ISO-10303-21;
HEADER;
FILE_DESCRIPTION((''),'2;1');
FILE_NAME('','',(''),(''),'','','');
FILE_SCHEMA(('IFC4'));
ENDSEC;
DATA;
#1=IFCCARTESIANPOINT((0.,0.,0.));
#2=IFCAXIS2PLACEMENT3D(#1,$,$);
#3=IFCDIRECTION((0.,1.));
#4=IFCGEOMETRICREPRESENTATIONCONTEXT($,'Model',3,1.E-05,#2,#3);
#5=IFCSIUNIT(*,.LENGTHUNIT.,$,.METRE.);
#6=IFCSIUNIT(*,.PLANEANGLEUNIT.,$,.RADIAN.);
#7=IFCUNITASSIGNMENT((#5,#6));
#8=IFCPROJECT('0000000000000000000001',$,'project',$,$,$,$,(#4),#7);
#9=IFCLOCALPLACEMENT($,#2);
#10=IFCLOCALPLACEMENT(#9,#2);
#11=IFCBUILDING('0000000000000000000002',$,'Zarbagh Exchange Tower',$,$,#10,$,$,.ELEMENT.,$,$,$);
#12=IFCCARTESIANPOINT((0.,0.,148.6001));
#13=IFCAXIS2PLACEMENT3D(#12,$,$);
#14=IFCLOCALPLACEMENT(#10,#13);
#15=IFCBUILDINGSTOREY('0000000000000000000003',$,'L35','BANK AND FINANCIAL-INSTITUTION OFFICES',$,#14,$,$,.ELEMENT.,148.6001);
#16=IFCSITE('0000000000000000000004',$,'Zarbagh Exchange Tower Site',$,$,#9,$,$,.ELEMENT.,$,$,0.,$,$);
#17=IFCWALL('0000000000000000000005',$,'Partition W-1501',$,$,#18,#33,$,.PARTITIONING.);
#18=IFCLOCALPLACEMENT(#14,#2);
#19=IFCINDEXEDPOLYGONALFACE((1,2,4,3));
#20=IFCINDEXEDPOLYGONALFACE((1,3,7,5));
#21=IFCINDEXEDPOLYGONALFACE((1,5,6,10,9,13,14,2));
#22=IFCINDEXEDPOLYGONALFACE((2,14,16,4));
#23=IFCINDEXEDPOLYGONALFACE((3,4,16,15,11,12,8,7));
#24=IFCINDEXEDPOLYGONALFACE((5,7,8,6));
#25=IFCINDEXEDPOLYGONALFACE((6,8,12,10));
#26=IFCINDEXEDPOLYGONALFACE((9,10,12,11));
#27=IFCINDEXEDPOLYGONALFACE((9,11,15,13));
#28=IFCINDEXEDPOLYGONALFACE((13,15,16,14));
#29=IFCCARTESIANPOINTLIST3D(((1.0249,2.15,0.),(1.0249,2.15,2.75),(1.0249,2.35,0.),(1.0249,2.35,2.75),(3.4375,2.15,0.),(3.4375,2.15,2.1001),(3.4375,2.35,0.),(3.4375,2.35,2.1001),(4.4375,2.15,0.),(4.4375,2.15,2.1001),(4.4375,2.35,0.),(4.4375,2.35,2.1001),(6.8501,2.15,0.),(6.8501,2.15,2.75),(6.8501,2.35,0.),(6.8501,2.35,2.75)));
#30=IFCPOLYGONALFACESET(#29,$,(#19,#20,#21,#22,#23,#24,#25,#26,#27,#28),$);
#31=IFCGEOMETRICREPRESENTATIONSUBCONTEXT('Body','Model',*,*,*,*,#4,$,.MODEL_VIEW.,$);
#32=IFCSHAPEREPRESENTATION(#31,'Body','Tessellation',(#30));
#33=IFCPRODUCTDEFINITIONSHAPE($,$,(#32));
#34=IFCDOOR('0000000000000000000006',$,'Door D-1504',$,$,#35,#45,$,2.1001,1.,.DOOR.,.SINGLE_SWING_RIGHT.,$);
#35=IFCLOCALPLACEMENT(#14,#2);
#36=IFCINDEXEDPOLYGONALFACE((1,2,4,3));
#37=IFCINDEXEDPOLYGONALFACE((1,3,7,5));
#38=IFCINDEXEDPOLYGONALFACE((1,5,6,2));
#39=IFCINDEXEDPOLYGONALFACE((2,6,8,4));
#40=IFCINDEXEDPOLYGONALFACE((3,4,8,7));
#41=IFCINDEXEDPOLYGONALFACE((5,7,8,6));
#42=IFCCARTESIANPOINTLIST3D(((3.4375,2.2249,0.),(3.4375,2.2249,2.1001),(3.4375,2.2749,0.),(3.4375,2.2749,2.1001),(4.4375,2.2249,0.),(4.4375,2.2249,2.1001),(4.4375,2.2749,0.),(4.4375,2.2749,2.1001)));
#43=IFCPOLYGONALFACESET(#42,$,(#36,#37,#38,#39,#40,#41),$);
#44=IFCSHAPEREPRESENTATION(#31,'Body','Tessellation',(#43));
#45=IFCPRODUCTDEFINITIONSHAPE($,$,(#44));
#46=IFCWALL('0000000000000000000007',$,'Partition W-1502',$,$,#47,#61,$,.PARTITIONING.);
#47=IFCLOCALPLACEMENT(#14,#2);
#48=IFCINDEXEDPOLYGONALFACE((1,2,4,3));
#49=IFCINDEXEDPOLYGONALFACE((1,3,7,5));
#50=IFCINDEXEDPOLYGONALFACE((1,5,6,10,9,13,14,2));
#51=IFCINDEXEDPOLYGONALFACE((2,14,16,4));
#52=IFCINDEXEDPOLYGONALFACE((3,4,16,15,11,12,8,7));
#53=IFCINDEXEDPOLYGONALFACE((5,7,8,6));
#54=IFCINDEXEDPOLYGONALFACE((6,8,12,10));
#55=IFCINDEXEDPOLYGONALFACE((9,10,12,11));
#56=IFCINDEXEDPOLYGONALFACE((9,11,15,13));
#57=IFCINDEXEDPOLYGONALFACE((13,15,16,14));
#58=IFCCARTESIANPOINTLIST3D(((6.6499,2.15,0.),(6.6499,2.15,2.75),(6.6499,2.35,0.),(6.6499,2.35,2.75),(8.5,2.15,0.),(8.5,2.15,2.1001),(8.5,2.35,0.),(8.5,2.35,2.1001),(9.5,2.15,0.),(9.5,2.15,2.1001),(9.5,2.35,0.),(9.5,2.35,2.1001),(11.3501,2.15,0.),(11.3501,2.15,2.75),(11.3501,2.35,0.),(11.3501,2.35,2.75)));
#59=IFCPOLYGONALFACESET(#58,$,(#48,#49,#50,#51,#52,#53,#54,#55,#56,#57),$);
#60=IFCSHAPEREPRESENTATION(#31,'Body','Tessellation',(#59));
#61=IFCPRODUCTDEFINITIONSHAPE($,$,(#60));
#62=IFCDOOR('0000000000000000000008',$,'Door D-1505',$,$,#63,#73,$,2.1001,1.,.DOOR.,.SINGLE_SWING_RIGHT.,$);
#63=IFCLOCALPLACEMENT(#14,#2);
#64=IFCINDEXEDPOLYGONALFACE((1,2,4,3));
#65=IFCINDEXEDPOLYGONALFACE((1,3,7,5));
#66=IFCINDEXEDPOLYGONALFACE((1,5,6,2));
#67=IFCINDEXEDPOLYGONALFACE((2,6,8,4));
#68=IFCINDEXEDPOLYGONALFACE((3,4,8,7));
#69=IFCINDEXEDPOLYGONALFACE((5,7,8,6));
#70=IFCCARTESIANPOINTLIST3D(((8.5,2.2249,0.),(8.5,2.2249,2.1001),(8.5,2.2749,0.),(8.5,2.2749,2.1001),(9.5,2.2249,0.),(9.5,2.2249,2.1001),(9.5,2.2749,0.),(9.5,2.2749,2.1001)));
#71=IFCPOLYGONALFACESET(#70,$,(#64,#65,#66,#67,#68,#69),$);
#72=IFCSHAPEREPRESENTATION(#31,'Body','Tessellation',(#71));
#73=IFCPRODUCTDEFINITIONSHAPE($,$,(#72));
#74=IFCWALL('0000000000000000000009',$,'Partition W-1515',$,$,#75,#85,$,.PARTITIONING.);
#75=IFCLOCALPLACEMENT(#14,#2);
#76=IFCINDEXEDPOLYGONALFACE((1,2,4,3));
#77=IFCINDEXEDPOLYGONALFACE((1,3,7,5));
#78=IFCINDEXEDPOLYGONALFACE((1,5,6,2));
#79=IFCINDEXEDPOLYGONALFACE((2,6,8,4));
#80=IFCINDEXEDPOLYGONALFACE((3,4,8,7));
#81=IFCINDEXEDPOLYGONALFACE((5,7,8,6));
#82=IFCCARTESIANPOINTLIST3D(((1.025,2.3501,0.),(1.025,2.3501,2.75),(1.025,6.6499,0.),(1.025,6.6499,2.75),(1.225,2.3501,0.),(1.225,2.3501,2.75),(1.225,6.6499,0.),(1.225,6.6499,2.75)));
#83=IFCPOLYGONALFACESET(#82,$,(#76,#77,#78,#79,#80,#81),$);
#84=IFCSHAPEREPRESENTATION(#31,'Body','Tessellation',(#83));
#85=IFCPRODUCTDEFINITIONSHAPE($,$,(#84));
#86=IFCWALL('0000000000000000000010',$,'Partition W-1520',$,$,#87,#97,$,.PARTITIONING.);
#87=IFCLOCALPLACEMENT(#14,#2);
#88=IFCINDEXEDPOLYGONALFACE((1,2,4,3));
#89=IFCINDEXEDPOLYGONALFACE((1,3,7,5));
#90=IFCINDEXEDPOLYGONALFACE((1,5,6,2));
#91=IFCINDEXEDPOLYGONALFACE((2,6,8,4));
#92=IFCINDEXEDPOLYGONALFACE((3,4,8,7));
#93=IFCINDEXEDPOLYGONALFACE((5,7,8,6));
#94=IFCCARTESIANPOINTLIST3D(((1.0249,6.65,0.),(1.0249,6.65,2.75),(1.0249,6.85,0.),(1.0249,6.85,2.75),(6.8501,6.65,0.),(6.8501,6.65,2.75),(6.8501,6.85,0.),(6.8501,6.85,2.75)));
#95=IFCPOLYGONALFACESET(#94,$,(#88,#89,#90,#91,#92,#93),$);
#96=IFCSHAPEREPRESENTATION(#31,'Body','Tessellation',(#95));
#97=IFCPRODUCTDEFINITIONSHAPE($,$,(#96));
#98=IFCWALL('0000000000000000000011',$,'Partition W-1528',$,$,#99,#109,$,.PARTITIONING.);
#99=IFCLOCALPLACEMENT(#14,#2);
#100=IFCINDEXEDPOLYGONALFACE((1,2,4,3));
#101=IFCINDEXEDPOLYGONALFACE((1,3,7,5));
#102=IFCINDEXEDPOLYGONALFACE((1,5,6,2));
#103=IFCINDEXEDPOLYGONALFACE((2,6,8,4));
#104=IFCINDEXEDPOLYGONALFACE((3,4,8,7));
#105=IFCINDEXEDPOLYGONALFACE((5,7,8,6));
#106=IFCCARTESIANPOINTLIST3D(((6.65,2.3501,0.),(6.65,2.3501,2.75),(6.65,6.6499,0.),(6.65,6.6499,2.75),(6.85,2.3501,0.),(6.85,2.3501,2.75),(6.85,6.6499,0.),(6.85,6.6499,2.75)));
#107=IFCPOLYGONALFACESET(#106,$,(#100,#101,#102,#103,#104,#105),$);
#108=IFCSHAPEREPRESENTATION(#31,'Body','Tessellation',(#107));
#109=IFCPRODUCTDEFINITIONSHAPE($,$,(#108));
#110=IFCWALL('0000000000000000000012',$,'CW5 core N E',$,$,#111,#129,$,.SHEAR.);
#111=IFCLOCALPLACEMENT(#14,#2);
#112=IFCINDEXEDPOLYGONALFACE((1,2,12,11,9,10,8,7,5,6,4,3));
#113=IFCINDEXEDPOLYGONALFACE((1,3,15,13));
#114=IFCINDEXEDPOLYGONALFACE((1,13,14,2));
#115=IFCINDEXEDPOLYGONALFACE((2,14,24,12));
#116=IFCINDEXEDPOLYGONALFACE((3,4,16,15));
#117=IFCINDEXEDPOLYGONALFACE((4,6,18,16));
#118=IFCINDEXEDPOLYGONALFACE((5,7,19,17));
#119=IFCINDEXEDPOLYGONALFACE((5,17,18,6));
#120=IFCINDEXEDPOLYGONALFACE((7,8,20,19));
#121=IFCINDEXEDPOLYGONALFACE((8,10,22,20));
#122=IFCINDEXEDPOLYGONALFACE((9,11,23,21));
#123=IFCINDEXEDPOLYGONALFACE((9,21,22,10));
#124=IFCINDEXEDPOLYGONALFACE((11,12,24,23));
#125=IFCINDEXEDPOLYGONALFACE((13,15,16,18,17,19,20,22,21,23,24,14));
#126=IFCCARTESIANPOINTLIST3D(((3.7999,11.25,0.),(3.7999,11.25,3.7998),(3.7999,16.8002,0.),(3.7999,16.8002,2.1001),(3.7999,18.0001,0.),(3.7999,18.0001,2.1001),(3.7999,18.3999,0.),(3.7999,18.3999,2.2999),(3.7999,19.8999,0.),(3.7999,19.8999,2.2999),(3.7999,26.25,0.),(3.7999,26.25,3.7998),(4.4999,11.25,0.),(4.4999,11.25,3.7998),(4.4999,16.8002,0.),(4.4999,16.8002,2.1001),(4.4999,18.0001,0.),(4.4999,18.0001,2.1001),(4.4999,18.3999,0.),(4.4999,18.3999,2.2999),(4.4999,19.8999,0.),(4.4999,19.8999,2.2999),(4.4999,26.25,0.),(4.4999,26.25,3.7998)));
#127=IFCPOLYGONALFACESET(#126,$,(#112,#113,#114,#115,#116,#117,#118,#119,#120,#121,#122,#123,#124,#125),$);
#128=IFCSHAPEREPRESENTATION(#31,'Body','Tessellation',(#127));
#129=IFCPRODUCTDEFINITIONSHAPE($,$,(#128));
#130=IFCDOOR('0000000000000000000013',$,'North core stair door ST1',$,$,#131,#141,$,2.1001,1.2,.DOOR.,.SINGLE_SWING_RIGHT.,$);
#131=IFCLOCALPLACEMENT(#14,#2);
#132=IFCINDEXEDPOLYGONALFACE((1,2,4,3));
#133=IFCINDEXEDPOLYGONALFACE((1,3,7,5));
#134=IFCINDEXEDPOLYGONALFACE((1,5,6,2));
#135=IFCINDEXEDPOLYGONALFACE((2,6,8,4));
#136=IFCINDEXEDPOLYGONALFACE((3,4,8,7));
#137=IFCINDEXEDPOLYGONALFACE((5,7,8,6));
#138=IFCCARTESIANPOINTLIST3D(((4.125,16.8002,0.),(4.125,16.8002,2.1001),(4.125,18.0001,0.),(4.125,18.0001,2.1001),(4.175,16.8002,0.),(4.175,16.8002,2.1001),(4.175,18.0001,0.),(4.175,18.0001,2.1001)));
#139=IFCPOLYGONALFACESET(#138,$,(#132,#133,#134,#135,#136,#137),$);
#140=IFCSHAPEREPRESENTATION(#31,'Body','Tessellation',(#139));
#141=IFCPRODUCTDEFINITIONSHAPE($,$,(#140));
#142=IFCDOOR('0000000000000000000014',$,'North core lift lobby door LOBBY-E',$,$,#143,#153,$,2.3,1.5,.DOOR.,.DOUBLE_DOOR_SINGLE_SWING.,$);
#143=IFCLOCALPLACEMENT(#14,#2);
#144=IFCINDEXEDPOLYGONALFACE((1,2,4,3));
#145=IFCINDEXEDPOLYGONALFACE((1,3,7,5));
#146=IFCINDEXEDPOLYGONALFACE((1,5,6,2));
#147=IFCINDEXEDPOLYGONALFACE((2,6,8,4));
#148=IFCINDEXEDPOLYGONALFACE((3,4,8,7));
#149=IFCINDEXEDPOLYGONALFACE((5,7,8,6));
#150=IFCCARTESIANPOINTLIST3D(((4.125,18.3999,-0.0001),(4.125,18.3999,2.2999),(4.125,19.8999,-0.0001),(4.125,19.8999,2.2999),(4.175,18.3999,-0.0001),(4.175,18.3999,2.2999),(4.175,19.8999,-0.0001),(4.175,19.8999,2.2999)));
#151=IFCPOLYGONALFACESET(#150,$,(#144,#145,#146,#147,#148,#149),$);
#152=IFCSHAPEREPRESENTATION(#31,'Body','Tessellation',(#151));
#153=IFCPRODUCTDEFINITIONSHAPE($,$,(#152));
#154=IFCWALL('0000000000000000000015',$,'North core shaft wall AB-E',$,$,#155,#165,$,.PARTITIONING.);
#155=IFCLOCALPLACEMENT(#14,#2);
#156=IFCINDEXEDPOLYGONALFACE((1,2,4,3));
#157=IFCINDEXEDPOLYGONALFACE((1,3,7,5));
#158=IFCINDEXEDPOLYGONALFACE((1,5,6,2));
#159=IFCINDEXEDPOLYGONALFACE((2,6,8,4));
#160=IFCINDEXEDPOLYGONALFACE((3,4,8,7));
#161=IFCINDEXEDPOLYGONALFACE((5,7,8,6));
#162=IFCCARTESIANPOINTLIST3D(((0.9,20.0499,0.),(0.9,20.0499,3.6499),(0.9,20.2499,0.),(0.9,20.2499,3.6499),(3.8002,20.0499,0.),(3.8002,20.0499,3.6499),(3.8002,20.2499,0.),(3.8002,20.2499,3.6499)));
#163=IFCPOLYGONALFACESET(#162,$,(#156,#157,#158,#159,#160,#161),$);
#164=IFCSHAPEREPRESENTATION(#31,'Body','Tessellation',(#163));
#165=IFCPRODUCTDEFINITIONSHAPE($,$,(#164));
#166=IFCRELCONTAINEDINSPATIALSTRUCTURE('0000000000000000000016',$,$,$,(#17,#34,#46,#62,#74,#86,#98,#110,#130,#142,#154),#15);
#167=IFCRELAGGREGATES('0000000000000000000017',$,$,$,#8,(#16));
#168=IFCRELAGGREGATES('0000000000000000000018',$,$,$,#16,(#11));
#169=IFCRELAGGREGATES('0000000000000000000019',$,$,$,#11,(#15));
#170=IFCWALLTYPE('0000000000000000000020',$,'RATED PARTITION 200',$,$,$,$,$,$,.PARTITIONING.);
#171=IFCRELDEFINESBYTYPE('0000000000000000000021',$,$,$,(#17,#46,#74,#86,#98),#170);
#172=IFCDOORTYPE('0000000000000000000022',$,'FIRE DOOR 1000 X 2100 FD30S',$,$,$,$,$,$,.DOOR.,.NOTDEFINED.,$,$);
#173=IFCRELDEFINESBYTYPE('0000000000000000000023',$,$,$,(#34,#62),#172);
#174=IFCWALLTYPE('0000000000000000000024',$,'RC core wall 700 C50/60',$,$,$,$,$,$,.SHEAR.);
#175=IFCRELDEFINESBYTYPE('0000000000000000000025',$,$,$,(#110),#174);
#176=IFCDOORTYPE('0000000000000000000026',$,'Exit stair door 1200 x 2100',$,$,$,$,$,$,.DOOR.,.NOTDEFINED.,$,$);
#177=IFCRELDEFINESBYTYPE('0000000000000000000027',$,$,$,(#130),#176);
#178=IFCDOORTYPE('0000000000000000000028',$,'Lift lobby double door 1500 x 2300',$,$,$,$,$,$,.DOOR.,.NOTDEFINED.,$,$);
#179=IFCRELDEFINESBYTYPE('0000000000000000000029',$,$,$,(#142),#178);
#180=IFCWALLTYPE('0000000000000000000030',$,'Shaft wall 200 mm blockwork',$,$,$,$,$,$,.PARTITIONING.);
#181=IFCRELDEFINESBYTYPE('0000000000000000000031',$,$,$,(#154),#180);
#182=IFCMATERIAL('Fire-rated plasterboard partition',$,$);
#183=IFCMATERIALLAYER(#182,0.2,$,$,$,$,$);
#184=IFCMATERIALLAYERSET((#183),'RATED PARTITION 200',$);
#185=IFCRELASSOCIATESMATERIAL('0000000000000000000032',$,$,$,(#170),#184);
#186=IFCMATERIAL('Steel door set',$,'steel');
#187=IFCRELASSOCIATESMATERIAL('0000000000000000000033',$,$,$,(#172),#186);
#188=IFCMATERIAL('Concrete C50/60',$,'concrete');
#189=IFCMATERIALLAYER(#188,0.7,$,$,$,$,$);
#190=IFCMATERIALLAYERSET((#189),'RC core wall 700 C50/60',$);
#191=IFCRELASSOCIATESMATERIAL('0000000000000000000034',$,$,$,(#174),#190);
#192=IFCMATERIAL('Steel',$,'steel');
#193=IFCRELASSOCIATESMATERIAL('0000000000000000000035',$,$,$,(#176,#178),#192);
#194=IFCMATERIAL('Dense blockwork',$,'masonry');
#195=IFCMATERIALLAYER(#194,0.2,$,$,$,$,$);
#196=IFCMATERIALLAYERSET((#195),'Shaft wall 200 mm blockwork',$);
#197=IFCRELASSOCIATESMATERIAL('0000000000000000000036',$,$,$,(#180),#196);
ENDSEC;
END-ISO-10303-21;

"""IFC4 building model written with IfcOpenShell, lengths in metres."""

from ifc_helpers import new_model, si_unit, direction, frame, frame_2d, origin, place, context, subcontext, project, spatial, rectangle, extrude, material, layer, layer_set, type_object, element, fill, save


model = new_model("IFC4")

# Units and contexts
model_context = context("Model", 3, precision=1e-05, world=origin(), true_north=direction((0.0, 1.0)))
body_context = subcontext(model_context, "Body", "Model", "MODEL_VIEW")
ifc_project = project(units=[si_unit("LENGTHUNIT", "METRE"), si_unit("PLANEANGLEUNIT", "RADIAN")], contexts=[model_context])

# Site, building, storey
site_placement = place(None, origin())
site = spatial("IfcSite", under=ifc_project, at=site_placement, Name="Zarbagh Exchange Tower Site", CompositionType="ELEMENT", RefElevation=0.0)
building_placement = place(site_placement, origin())
building = spatial("IfcBuilding", under=site, at=building_placement, Name="Zarbagh Exchange Tower", CompositionType="ELEMENT")
storey_placement = place(building_placement, frame((0.0, 0.0, 148.6001)))
storey = spatial("IfcBuildingStorey", under=building, at=storey_placement, Name="L35", Description="BANK AND FINANCIAL-INSTITUTION OFFICES", CompositionType="ELEMENT", Elevation=148.6001)

# Shared definitions
ifc_material_1 = material(Name="Concrete C50/60", Category="concrete")

# Shared definitions
ifc_material_2 = material(Name="Dense blockwork", Category="masonry")

# Walls, openings, doors
ifc_material_3 = material(Name="Fire-rated plasterboard partition")
ifc_layer_1 = layer(ifc_material_3, 0.2)
ifc_layer_set_1 = layer_set([ifc_layer_1], Name="RATED PARTITION 200")
wall_type_1 = type_object("IfcWallType", Name="RATED PARTITION 200", PredefinedType="PARTITIONING", material=ifc_layer_set_1)
wall_1_placement = place(storey_placement, frame((1.0249, 2.25, 0.0), z_axis=(0.0, 0.0, 1.0), x_axis=(1.0, 0.0, 0.0)))
wall_1 = element("IfcWall", 1, at=wall_1_placement, inside=storey, type_object=wall_type_1, Name="Partition W-1501", PredefinedType="PARTITIONING", context=body_context, shape_type="SweptSolid", body=[
    extrude(rectangle(XDim=5.8252, YDim=0.2, at=frame_2d((2.9126, 0.0))), origin(), (0.0, 0.0, 1.0), 2.75),
])
opening_1_placement = place(wall_1_placement, frame((2.4126, 0.0, 0.0)))
opening_1 = element("IfcOpeningElement", 2, at=opening_1_placement, cuts=wall_1, PredefinedType="OPENING", context=body_context, shape_type="SweptSolid", body=[
    extrude(rectangle(XDim=1.0, YDim=2.1001, at=frame_2d((0.5, 1.05))), frame((0.0, 0.1099, 0.0), z_axis=(0.0, -1.0, 0.0), x_axis=(1.0, 0.0, 0.0)), (0.0, 0.0, 1.0), 0.22),
])
ifc_material_4 = material(Name="Steel door set", Category="steel")
door_type_1 = type_object("IfcDoorType", Name="FIRE DOOR 1000 X 2100 FD30S", OperationType="NOTDEFINED", PredefinedType="DOOR", material=ifc_material_4)
door_1_placement = place(opening_1_placement, origin())
door_1 = element("IfcDoor", 3, at=door_1_placement, inside=storey, type_object=door_type_1, Name="Door D-1504", OperationType="SINGLE_SWING_RIGHT", OverallHeight=2.1001, OverallWidth=1.0, PredefinedType="DOOR", context=body_context, shape_type="SweptSolid", body=[
    extrude(rectangle(XDim=1.0, YDim=2.1001, at=frame_2d((0.5, 1.05))), frame((0.0, 0.0249, 0.0), z_axis=(0.0, -1.0, 0.0), x_axis=(1.0, 0.0, 0.0)), (0.0, 0.0, 1.0), 0.05),
])
fill(opening_1, door_1)
wall_2_placement = place(storey_placement, frame((6.6499, 2.25, 0.0), z_axis=(0.0, 0.0, 1.0), x_axis=(1.0, 0.0, 0.0)))
wall_2 = element("IfcWall", 4, at=wall_2_placement, inside=storey, type_object=wall_type_1, Name="Partition W-1502", PredefinedType="PARTITIONING", context=body_context, shape_type="SweptSolid", body=[
    extrude(rectangle(XDim=4.7002, YDim=0.2, at=frame_2d((2.3501, 0.0))), origin(), (0.0, 0.0, 1.0), 2.75),
])
opening_2_placement = place(wall_2_placement, frame((1.8501, 0.0, 0.0)))
opening_2 = element("IfcOpeningElement", 5, at=opening_2_placement, cuts=wall_2, PredefinedType="OPENING", context=body_context, shape_type="SweptSolid", body=[
    extrude(rectangle(XDim=1.0, YDim=2.1001, at=frame_2d((0.5, 1.05))), frame((0.0, 0.1099, 0.0), z_axis=(0.0, -1.0, 0.0), x_axis=(1.0, 0.0, 0.0)), (0.0, 0.0, 1.0), 0.22),
])
door_2_placement = place(opening_2_placement, origin())
door_2 = element("IfcDoor", 6, at=door_2_placement, inside=storey, type_object=door_type_1, Name="Door D-1505", OperationType="SINGLE_SWING_RIGHT", OverallHeight=2.1001, OverallWidth=1.0, PredefinedType="DOOR", context=body_context, shape_type="SweptSolid", body=[
    extrude(rectangle(XDim=1.0, YDim=2.1001, at=frame_2d((0.5, 1.05))), frame((0.0, 0.0249, 0.0), z_axis=(0.0, -1.0, 0.0), x_axis=(1.0, 0.0, 0.0)), (0.0, 0.0, 1.0), 0.05),
])
fill(opening_2, door_2)

# Walls
wall_3_placement = place(storey_placement, frame((1.125, 2.3501, 0.0), z_axis=(0.0, 0.0, 1.0), x_axis=(0.0, 1.0, 0.0)))
element("IfcWall", 7, at=wall_3_placement, inside=storey, type_object=wall_type_1, Name="Partition W-1515", PredefinedType="PARTITIONING", context=body_context, shape_type="SweptSolid", body=[
    extrude(rectangle(XDim=4.2998, YDim=0.2, at=frame_2d((2.1499, 0.0))), origin(), (0.0, 0.0, 1.0), 2.75),
])
wall_4_placement = place(storey_placement, frame((1.0249, 6.75, 0.0), z_axis=(0.0, 0.0, 1.0), x_axis=(1.0, 0.0, 0.0)))
element("IfcWall", 8, at=wall_4_placement, inside=storey, type_object=wall_type_1, Name="Partition W-1520", PredefinedType="PARTITIONING", context=body_context, shape_type="SweptSolid", body=[
    extrude(rectangle(XDim=5.8252, YDim=0.2, at=frame_2d((2.9126, 0.0))), origin(), (0.0, 0.0, 1.0), 2.75),
])
wall_5_placement = place(storey_placement, frame((6.75, 2.3501, 0.0), z_axis=(0.0, 0.0, 1.0), x_axis=(0.0, 1.0, 0.0)))
element("IfcWall", 9, at=wall_5_placement, inside=storey, type_object=wall_type_1, Name="Partition W-1528", PredefinedType="PARTITIONING", context=body_context, shape_type="SweptSolid", body=[
    extrude(rectangle(XDim=4.2998, YDim=0.2, at=frame_2d((2.1499, 0.0))), origin(), (0.0, 0.0, 1.0), 2.75),
])

# Wall, openings, doors
ifc_layer_2 = layer(ifc_material_1, 0.7)
ifc_layer_set_2 = layer_set([ifc_layer_2], Name="RC core wall 700 C50/60")
wall_type_2 = type_object("IfcWallType", Name="RC core wall 700 C50/60", PredefinedType="SHEAR", material=ifc_layer_set_2)
wall_6_placement = place(storey_placement, frame((4.1499, 11.25, 0.0), z_axis=(0.0, 0.0, 1.0), x_axis=(0.0, 1.0, 0.0)))
wall_6 = element("IfcWall", 10, at=wall_6_placement, inside=storey, type_object=wall_type_2, Name="CW5 core N E", PredefinedType="SHEAR", context=body_context, shape_type="SweptSolid", body=[
    extrude(rectangle(XDim=15.0, YDim=0.7, at=frame_2d((7.5, 0.0))), origin(), (0.0, 0.0, 1.0), 3.7998),
])
opening_3_placement = place(wall_6_placement, frame((7.1499, 0.0, 0.0)))
opening_3 = element("IfcOpeningElement", 11, at=opening_3_placement, cuts=wall_6, PredefinedType="OPENING", context=body_context, shape_type="SweptSolid", body=[
    extrude(rectangle(XDim=1.5, YDim=2.3, at=frame_2d((0.75, 1.1499))), frame((0.0, 0.3599, 0.0), z_axis=(0.0, -1.0, 0.0), x_axis=(1.0, 0.0, 0.0)), (0.0, 0.0, 1.0), 0.72),
])
opening_4_placement = place(wall_6_placement, frame((5.55, 0.0, 0.0)))
opening_4 = element("IfcOpeningElement", 12, at=opening_4_placement, cuts=wall_6, PredefinedType="OPENING", context=body_context, shape_type="SweptSolid", body=[
    extrude(rectangle(XDim=1.2, YDim=2.1001, at=frame_2d((0.6001, 1.05))), frame((0.0, 0.3599, 0.0), z_axis=(0.0, -1.0, 0.0), x_axis=(1.0, 0.0, 0.0)), (0.0, 0.0, 1.0), 0.72),
])
ifc_material_5 = material(Name="Steel", Category="steel")
door_type_2 = type_object("IfcDoorType", Name="Exit stair door 1200 x 2100", OperationType="NOTDEFINED", PredefinedType="DOOR", material=ifc_material_5)
door_3_placement = place(opening_4_placement, origin())
door_3 = element("IfcDoor", 13, at=door_3_placement, inside=storey, type_object=door_type_2, Name="North core stair door ST1", OperationType="SINGLE_SWING_RIGHT", OverallHeight=2.1001, OverallWidth=1.2, PredefinedType="DOOR", context=body_context, shape_type="SweptSolid", body=[
    extrude(rectangle(XDim=1.2, YDim=2.1001, at=frame_2d((0.6001, 1.05))), frame((0.0, 0.0249, 0.0), z_axis=(0.0, -1.0, 0.0), x_axis=(1.0, 0.0, 0.0)), (0.0, 0.0, 1.0), 0.05),
])
fill(opening_4, door_3)
door_type_3 = type_object("IfcDoorType", Name="Lift lobby double door 1500 x 2300", OperationType="NOTDEFINED", PredefinedType="DOOR", material=ifc_material_5)
door_4_placement = place(opening_3_placement, origin())
door_4 = element("IfcDoor", 14, at=door_4_placement, inside=storey, type_object=door_type_3, Name="North core lift lobby door LOBBY-E", OperationType="DOUBLE_DOOR_SINGLE_SWING", OverallHeight=2.3, OverallWidth=1.5, PredefinedType="DOOR", context=body_context, shape_type="SweptSolid", body=[
    extrude(rectangle(XDim=1.5, YDim=2.3, at=frame_2d((0.75, 1.1499))), frame((0.0, 0.0249, 0.0), z_axis=(0.0, -1.0, 0.0), x_axis=(1.0, 0.0, 0.0)), (0.0, 0.0, 1.0), 0.05),
])
fill(opening_3, door_4)

# Wall
ifc_layer_3 = layer(ifc_material_2, 0.2)
ifc_layer_set_3 = layer_set([ifc_layer_3], Name="Shaft wall 200 mm blockwork")
wall_type_3 = type_object("IfcWallType", Name="Shaft wall 200 mm blockwork", PredefinedType="PARTITIONING", material=ifc_layer_set_3)
wall_7_placement = place(storey_placement, frame((0.8999, 20.1499, 0.0), z_axis=(0.0, 0.0, 1.0), x_axis=(1.0, 0.0, 0.0)))
element("IfcWall", 15, at=wall_7_placement, inside=storey, type_object=wall_type_3, Name="North core shaft wall AB-E", PredefinedType="PARTITIONING", context=body_context, shape_type="SweptSolid", body=[
    extrude(rectangle(XDim=2.9001, YDim=0.2, at=frame_2d((1.4502, 0.0))), origin(), (0.0, 0.0, 1.0), 3.6499),
])

save(model, "model.ifc")
